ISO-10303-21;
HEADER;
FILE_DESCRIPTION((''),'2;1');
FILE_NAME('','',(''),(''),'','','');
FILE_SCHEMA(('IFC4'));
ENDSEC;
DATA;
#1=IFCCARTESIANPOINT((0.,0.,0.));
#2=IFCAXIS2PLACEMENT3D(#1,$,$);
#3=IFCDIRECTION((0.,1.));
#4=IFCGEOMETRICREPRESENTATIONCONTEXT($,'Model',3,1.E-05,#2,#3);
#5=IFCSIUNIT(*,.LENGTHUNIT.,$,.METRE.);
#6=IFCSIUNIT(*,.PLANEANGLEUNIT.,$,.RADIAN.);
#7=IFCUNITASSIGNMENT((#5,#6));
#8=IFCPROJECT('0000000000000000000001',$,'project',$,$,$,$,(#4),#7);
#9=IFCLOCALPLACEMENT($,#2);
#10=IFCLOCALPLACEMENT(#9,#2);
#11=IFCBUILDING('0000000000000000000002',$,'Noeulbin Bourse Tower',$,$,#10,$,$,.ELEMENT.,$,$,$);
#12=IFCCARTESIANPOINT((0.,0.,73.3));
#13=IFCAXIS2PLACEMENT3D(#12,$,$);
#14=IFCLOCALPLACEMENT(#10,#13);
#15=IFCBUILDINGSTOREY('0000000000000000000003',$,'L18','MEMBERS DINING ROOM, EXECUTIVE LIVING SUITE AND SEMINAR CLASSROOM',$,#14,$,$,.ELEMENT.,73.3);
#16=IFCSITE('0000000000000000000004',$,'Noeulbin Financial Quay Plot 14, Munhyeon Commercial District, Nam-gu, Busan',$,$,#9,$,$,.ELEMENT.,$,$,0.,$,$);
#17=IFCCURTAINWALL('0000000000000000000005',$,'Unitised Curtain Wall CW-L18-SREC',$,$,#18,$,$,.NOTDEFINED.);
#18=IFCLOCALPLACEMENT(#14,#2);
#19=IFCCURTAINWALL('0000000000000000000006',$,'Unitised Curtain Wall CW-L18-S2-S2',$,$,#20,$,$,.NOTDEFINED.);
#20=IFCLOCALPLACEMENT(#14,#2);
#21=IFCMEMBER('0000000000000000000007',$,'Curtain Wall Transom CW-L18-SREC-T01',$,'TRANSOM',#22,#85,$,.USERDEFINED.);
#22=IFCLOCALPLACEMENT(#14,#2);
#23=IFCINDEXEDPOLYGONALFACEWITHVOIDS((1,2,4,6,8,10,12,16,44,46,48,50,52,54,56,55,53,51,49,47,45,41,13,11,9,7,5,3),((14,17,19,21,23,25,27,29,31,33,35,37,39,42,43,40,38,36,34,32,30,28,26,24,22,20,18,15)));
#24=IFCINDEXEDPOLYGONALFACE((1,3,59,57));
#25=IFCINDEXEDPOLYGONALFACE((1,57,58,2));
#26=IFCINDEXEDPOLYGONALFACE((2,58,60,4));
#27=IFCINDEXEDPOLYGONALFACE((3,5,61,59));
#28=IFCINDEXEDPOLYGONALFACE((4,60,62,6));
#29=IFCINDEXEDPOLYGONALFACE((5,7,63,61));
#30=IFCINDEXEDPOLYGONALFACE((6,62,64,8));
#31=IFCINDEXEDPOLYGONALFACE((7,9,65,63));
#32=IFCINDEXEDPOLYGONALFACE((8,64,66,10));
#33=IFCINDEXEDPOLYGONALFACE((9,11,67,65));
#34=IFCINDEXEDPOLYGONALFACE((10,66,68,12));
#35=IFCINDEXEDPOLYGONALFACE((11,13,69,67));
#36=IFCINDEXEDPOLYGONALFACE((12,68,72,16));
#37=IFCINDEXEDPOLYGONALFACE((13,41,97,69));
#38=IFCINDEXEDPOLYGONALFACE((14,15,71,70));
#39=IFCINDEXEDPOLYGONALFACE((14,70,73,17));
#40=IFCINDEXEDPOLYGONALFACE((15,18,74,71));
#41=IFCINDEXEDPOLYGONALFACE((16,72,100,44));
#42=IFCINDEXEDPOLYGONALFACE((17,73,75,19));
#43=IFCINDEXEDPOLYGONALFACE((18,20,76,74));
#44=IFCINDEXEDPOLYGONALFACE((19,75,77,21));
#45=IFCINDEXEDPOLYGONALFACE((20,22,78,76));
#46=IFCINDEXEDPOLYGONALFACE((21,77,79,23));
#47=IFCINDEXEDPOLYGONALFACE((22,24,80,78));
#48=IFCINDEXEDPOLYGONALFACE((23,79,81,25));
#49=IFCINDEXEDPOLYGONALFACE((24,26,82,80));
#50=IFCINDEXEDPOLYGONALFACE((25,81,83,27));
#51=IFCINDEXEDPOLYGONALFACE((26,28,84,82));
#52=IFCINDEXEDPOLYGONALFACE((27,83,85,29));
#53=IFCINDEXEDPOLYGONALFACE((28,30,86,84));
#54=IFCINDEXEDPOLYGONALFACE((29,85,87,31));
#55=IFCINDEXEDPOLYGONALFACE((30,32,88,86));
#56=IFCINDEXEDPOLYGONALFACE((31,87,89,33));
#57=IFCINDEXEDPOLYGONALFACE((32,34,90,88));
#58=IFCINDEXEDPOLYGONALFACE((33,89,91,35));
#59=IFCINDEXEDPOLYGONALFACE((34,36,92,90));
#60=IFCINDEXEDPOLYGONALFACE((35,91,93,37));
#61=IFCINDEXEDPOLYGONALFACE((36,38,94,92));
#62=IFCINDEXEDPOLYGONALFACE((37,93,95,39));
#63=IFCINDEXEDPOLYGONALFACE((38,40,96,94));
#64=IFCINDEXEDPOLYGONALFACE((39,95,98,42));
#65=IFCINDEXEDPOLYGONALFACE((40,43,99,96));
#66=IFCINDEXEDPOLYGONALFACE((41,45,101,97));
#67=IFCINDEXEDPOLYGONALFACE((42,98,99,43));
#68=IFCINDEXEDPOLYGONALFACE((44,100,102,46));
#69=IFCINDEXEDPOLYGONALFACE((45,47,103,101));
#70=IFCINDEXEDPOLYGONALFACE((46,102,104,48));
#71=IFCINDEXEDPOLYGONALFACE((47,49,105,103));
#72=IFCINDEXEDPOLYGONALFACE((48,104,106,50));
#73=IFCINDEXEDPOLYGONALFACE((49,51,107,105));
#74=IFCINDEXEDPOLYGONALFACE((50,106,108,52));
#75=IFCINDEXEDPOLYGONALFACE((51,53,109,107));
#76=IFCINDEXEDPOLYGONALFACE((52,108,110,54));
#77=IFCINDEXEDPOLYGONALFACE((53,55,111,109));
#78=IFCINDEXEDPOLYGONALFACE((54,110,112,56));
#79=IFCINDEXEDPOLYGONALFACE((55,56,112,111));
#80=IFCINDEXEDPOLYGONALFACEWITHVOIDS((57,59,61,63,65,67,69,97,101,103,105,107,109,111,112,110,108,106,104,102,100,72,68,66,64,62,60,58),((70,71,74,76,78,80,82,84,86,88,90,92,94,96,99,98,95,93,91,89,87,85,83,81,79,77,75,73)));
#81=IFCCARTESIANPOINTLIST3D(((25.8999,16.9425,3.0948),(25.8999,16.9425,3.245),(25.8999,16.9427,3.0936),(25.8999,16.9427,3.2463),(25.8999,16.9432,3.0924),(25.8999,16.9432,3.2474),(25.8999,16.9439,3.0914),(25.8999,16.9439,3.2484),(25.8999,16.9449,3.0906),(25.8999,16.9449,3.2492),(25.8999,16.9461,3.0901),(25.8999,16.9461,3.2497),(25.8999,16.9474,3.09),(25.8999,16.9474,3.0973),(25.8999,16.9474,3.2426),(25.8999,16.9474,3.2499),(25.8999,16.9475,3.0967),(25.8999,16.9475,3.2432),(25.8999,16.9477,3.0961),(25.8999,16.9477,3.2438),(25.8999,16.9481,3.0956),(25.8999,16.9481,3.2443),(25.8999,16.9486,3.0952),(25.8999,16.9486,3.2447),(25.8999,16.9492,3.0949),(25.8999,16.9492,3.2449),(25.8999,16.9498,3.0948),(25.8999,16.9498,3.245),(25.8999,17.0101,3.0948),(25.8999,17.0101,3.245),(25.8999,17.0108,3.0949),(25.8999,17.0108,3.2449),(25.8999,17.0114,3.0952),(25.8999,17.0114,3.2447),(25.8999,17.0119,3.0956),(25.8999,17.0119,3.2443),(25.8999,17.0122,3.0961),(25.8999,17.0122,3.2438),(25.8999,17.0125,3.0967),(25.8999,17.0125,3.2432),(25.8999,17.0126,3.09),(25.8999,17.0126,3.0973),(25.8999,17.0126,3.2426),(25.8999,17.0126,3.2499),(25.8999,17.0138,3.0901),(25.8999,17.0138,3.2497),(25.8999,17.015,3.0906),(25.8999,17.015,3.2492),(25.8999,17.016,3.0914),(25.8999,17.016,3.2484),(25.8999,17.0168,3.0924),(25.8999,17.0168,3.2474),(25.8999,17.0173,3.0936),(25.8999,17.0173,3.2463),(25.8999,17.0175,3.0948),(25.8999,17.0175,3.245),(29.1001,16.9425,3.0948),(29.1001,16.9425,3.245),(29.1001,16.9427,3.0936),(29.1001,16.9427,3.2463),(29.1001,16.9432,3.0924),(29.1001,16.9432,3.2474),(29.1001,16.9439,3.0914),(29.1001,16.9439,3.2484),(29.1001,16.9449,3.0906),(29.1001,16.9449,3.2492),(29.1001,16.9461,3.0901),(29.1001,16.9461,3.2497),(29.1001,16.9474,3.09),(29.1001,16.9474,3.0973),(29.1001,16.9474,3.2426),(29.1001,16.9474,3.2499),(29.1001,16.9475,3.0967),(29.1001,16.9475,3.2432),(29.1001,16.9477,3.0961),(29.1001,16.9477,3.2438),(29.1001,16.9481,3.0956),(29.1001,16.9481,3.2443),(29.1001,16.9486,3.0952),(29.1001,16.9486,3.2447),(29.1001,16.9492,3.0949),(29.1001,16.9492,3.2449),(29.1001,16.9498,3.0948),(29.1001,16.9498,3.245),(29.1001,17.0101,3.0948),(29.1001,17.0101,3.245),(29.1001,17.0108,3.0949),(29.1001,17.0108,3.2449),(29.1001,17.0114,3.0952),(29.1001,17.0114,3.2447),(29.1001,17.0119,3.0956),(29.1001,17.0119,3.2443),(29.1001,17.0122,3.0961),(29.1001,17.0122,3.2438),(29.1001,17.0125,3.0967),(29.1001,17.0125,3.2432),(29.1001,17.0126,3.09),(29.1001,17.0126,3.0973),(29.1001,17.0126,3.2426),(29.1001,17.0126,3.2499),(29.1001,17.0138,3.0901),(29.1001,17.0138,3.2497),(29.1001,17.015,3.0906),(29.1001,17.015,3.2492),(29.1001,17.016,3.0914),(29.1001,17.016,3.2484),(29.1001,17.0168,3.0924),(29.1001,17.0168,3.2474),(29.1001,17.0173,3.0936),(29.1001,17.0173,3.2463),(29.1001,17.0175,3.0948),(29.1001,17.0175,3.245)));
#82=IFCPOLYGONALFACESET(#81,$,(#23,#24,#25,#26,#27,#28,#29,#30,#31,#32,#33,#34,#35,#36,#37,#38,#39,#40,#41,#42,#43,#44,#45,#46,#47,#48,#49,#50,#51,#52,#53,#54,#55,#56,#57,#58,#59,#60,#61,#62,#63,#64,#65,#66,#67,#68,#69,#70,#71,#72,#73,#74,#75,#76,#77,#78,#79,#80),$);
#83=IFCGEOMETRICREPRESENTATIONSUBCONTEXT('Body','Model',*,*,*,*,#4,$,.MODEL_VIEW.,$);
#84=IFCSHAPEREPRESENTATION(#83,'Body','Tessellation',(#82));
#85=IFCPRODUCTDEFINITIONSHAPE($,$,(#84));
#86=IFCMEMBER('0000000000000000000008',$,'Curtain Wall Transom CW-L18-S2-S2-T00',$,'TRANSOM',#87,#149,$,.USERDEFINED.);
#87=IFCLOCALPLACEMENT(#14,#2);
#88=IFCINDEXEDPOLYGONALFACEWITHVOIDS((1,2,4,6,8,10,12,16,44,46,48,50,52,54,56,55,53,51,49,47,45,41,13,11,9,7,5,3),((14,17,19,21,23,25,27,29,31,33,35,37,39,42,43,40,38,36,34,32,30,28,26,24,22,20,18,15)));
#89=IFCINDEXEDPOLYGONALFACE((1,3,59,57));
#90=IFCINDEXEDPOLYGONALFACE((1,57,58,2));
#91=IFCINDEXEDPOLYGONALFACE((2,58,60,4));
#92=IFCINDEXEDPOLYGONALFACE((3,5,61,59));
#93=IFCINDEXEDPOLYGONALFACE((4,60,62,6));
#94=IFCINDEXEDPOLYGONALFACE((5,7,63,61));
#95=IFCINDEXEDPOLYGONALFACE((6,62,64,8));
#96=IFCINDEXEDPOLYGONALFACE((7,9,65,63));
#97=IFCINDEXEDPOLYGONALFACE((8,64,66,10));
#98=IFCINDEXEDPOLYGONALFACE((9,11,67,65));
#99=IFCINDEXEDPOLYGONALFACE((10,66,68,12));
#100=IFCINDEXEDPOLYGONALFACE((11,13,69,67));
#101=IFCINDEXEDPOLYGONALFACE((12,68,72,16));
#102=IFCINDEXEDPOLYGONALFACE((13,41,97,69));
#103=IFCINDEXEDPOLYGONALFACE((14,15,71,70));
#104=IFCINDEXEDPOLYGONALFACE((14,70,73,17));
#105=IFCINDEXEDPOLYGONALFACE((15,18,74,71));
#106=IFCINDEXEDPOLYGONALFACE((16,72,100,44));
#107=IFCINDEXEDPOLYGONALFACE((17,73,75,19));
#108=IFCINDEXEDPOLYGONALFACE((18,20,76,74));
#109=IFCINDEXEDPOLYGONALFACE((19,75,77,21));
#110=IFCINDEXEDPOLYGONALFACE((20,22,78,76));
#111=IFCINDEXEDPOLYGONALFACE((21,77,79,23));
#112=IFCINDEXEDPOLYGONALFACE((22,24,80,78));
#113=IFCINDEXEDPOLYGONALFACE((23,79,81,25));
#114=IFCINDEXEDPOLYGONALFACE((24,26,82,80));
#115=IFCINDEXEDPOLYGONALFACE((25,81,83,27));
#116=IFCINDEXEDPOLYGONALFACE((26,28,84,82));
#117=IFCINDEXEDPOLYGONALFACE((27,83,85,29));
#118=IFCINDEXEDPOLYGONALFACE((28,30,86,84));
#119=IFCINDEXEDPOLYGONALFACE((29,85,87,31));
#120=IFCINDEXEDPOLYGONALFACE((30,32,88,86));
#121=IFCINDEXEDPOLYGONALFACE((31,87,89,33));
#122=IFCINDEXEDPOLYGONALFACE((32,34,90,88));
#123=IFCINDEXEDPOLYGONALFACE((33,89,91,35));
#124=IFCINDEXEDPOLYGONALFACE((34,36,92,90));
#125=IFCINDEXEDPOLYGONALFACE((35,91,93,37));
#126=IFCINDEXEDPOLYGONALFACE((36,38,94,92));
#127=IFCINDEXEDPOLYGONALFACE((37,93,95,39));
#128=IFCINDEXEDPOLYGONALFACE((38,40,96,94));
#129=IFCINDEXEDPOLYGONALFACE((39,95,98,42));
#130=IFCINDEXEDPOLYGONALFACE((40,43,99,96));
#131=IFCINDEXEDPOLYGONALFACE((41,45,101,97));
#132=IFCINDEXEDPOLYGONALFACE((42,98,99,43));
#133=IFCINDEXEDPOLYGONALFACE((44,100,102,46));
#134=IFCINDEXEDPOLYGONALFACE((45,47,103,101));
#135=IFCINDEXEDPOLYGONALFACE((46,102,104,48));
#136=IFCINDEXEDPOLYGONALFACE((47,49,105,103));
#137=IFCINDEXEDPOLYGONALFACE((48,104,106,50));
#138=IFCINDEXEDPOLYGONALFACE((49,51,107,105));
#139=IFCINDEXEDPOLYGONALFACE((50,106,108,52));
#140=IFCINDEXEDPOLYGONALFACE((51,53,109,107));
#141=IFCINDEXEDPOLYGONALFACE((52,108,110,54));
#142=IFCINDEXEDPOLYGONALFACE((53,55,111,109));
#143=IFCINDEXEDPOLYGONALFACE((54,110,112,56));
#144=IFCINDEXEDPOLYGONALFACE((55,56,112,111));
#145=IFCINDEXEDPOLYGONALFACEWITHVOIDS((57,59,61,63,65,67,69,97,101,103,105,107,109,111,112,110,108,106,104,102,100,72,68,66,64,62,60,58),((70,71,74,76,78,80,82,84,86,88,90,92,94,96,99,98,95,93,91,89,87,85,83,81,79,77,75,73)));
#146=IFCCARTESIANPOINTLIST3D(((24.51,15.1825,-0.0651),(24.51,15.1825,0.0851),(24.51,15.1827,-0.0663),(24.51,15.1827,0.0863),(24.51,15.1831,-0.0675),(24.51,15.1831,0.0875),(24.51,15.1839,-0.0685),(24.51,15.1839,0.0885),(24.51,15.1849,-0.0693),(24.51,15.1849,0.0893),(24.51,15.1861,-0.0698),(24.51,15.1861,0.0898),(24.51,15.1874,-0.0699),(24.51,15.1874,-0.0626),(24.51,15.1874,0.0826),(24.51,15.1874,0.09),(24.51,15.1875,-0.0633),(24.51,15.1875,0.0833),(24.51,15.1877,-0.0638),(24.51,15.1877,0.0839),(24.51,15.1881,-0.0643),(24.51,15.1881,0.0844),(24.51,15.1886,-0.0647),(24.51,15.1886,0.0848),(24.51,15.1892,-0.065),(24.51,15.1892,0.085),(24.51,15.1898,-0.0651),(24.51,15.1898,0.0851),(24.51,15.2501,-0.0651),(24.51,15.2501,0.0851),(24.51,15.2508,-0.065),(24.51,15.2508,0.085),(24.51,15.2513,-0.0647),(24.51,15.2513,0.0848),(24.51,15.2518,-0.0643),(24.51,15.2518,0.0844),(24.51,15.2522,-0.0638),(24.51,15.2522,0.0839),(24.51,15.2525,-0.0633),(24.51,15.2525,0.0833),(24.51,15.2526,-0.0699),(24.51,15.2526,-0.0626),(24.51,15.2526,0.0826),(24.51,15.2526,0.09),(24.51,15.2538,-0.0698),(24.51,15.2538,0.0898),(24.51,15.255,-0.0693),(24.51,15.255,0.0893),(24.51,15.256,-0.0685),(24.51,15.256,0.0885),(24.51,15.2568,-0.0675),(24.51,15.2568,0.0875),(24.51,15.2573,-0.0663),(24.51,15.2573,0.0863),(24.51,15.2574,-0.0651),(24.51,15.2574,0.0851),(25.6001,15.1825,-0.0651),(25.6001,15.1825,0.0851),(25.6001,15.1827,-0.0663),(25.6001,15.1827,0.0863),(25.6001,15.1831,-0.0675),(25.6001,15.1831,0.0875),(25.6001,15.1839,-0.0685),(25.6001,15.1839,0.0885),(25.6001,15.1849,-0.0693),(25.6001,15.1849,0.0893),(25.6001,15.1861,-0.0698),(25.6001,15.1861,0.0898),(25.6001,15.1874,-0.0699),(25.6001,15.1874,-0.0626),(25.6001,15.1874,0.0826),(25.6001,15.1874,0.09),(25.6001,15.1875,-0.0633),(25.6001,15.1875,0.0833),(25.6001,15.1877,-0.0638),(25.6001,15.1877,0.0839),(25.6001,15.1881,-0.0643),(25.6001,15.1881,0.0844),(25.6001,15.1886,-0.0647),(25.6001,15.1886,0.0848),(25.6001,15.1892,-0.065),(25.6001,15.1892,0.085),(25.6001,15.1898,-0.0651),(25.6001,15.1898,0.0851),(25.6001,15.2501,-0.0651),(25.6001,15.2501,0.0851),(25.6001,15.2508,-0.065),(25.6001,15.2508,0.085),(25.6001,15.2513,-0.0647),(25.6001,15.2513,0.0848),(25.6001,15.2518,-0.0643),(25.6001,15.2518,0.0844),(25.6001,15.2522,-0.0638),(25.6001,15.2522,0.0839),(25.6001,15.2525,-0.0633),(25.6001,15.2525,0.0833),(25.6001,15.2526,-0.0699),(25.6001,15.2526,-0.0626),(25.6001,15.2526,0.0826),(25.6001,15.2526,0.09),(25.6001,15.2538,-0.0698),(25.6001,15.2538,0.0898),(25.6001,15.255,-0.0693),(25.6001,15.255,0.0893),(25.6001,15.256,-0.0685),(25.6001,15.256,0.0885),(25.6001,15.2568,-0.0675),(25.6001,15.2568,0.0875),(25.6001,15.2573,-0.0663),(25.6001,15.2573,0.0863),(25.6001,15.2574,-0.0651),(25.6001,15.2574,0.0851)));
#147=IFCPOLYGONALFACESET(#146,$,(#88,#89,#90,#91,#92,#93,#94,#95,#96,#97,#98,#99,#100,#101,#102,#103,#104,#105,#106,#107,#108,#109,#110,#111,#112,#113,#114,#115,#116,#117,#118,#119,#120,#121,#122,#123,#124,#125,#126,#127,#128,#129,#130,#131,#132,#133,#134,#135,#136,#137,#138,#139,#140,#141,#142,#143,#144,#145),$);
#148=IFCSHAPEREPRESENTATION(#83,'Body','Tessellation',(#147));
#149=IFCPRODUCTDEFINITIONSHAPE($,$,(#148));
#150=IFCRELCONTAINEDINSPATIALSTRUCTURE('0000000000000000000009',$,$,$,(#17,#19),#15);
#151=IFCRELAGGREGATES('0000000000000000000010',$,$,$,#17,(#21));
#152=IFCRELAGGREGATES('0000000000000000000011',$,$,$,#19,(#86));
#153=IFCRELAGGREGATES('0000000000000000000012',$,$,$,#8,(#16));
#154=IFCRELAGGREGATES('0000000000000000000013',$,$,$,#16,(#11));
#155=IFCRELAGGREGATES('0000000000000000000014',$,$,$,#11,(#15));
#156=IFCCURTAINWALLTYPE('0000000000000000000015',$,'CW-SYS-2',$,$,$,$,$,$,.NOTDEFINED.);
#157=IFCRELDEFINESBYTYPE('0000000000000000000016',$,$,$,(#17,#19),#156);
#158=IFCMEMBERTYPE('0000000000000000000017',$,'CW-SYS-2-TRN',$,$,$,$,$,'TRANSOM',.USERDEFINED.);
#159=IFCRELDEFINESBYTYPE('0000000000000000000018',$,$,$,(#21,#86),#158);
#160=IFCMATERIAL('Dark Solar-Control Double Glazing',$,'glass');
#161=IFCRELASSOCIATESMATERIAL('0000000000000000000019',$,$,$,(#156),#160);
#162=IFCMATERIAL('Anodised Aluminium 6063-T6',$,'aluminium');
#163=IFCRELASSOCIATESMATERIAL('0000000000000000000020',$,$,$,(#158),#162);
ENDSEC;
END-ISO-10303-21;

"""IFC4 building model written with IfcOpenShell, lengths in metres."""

from ifc_helpers import new_model, si_unit, direction, frame, origin, origin_2d, place, context, subcontext, project, spatial, hollow_rectangle, extrude, material, material_profile, profile_set, type_object, element, aggregate, save


model = new_model("IFC4")

# Units and contexts
model_context = context("Model", 3, precision=1e-05, world=origin(), true_north=direction((0.0, 1.0)))
body_context = subcontext(model_context, "Body", "Model", "MODEL_VIEW")
ifc_project = project(units=[si_unit("LENGTHUNIT", "METRE"), si_unit("PLANEANGLEUNIT", "RADIAN")], contexts=[model_context])

# Site, building, storey
site_placement = place(None, origin())
site = spatial("IfcSite", under=ifc_project, at=site_placement, Name="Noeulbin Financial Quay Plot 14, Munhyeon Commercial District, Nam-gu, Busan", CompositionType="ELEMENT", RefElevation=0.0)
building_placement = place(site_placement, origin())
building = spatial("IfcBuilding", under=site, at=building_placement, Name="Noeulbin Bourse Tower", CompositionType="ELEMENT")
storey_placement = place(building_placement, frame((0.0, 0.0, 73.3)))
storey = spatial("IfcBuildingStorey", under=building, at=storey_placement, Name="L18", Description="MEMBERS DINING ROOM, EXECUTIVE LIVING SUITE AND SEMINAR CLASSROOM", CompositionType="ELEMENT", Elevation=73.3)

# Curtain wall
ifc_material_1 = material(Name="Dark Solar-Control Double Glazing", Category="glass")
curtain_wall_type = type_object("IfcCurtainWallType", Name="CW-SYS-2", PredefinedType="NOTDEFINED", material=ifc_material_1)
curtain_wall_1_placement = place(storey_placement, origin())
curtain_wall_1 = element("IfcCurtainWall", 1, at=curtain_wall_1_placement, inside=storey, type_object=curtain_wall_type, Name="Unitised Curtain Wall CW-L18-SREC", PredefinedType="NOTDEFINED")
ifc_material_2 = material(Name="Anodised Aluminium 6063-T6", Category="aluminium")

# Curtain wall
curtain_wall_2_placement = place(storey_placement, origin())
curtain_wall_2 = element("IfcCurtainWall", 2, at=curtain_wall_2_placement, inside=storey, type_object=curtain_wall_type, Name="Unitised Curtain Wall CW-L18-S2-S2", PredefinedType="NOTDEFINED")

# Members
ifc_material_profile_1 = material_profile(ifc_material_2, hollow_rectangle(XDim=0.075, YDim=0.1599, WallThickness=0.0049, InnerFilletRadius=0.0024, OuterFilletRadius=0.0049, at=origin_2d()), Name="ALU-TRAN-75x160x5", Category="LoadBearing")
ifc_profile_set_1 = profile_set([ifc_material_profile_1], Name="Anodised Aluminium 6063-T6")
member_type_1 = type_object("IfcMemberType", Name="CW-SYS-2-TRN", ElementType="TRANSOM", PredefinedType="USERDEFINED", material=ifc_profile_set_1)
member_1_placement = place(storey_placement, frame((25.8999, 16.98, 3.1699), z_axis=(1.0, 0.0, 0.0), x_axis=(0.0, 1.0, 0.0)))
member_1 = element("IfcMember", 3, at=member_1_placement, type_object=member_type_1, Name="Curtain Wall Transom CW-L18-SREC-T01", ObjectType="TRANSOM", PredefinedType="USERDEFINED", context=body_context, shape_type="SweptSolid", body=[
    extrude(hollow_rectangle(XDim=0.075, YDim=0.1599, WallThickness=0.0049, InnerFilletRadius=0.0024, OuterFilletRadius=0.0049, at=origin_2d()), origin(), (0.0, 0.0, 1.0), 3.2002),
])
member_2_placement = place(storey_placement, frame((24.51, 15.22, 0.01), z_axis=(1.0, 0.0, 0.0), x_axis=(0.0, 1.0, 0.0)))
member_2 = element("IfcMember", 4, at=member_2_placement, type_object=member_type_1, Name="Curtain Wall Transom CW-L18-S2-S2-T00", ObjectType="TRANSOM", PredefinedType="USERDEFINED", context=body_context, shape_type="SweptSolid", body=[
    extrude(hollow_rectangle(XDim=0.075, YDim=0.1599, WallThickness=0.0049, InnerFilletRadius=0.0024, OuterFilletRadius=0.0049, at=origin_2d()), origin(), (0.0, 0.0, 1.0), 1.0901),
])

aggregate(curtain_wall_1, [member_1])
aggregate(curtain_wall_2, [member_2])

save(model, "model.ifc")
